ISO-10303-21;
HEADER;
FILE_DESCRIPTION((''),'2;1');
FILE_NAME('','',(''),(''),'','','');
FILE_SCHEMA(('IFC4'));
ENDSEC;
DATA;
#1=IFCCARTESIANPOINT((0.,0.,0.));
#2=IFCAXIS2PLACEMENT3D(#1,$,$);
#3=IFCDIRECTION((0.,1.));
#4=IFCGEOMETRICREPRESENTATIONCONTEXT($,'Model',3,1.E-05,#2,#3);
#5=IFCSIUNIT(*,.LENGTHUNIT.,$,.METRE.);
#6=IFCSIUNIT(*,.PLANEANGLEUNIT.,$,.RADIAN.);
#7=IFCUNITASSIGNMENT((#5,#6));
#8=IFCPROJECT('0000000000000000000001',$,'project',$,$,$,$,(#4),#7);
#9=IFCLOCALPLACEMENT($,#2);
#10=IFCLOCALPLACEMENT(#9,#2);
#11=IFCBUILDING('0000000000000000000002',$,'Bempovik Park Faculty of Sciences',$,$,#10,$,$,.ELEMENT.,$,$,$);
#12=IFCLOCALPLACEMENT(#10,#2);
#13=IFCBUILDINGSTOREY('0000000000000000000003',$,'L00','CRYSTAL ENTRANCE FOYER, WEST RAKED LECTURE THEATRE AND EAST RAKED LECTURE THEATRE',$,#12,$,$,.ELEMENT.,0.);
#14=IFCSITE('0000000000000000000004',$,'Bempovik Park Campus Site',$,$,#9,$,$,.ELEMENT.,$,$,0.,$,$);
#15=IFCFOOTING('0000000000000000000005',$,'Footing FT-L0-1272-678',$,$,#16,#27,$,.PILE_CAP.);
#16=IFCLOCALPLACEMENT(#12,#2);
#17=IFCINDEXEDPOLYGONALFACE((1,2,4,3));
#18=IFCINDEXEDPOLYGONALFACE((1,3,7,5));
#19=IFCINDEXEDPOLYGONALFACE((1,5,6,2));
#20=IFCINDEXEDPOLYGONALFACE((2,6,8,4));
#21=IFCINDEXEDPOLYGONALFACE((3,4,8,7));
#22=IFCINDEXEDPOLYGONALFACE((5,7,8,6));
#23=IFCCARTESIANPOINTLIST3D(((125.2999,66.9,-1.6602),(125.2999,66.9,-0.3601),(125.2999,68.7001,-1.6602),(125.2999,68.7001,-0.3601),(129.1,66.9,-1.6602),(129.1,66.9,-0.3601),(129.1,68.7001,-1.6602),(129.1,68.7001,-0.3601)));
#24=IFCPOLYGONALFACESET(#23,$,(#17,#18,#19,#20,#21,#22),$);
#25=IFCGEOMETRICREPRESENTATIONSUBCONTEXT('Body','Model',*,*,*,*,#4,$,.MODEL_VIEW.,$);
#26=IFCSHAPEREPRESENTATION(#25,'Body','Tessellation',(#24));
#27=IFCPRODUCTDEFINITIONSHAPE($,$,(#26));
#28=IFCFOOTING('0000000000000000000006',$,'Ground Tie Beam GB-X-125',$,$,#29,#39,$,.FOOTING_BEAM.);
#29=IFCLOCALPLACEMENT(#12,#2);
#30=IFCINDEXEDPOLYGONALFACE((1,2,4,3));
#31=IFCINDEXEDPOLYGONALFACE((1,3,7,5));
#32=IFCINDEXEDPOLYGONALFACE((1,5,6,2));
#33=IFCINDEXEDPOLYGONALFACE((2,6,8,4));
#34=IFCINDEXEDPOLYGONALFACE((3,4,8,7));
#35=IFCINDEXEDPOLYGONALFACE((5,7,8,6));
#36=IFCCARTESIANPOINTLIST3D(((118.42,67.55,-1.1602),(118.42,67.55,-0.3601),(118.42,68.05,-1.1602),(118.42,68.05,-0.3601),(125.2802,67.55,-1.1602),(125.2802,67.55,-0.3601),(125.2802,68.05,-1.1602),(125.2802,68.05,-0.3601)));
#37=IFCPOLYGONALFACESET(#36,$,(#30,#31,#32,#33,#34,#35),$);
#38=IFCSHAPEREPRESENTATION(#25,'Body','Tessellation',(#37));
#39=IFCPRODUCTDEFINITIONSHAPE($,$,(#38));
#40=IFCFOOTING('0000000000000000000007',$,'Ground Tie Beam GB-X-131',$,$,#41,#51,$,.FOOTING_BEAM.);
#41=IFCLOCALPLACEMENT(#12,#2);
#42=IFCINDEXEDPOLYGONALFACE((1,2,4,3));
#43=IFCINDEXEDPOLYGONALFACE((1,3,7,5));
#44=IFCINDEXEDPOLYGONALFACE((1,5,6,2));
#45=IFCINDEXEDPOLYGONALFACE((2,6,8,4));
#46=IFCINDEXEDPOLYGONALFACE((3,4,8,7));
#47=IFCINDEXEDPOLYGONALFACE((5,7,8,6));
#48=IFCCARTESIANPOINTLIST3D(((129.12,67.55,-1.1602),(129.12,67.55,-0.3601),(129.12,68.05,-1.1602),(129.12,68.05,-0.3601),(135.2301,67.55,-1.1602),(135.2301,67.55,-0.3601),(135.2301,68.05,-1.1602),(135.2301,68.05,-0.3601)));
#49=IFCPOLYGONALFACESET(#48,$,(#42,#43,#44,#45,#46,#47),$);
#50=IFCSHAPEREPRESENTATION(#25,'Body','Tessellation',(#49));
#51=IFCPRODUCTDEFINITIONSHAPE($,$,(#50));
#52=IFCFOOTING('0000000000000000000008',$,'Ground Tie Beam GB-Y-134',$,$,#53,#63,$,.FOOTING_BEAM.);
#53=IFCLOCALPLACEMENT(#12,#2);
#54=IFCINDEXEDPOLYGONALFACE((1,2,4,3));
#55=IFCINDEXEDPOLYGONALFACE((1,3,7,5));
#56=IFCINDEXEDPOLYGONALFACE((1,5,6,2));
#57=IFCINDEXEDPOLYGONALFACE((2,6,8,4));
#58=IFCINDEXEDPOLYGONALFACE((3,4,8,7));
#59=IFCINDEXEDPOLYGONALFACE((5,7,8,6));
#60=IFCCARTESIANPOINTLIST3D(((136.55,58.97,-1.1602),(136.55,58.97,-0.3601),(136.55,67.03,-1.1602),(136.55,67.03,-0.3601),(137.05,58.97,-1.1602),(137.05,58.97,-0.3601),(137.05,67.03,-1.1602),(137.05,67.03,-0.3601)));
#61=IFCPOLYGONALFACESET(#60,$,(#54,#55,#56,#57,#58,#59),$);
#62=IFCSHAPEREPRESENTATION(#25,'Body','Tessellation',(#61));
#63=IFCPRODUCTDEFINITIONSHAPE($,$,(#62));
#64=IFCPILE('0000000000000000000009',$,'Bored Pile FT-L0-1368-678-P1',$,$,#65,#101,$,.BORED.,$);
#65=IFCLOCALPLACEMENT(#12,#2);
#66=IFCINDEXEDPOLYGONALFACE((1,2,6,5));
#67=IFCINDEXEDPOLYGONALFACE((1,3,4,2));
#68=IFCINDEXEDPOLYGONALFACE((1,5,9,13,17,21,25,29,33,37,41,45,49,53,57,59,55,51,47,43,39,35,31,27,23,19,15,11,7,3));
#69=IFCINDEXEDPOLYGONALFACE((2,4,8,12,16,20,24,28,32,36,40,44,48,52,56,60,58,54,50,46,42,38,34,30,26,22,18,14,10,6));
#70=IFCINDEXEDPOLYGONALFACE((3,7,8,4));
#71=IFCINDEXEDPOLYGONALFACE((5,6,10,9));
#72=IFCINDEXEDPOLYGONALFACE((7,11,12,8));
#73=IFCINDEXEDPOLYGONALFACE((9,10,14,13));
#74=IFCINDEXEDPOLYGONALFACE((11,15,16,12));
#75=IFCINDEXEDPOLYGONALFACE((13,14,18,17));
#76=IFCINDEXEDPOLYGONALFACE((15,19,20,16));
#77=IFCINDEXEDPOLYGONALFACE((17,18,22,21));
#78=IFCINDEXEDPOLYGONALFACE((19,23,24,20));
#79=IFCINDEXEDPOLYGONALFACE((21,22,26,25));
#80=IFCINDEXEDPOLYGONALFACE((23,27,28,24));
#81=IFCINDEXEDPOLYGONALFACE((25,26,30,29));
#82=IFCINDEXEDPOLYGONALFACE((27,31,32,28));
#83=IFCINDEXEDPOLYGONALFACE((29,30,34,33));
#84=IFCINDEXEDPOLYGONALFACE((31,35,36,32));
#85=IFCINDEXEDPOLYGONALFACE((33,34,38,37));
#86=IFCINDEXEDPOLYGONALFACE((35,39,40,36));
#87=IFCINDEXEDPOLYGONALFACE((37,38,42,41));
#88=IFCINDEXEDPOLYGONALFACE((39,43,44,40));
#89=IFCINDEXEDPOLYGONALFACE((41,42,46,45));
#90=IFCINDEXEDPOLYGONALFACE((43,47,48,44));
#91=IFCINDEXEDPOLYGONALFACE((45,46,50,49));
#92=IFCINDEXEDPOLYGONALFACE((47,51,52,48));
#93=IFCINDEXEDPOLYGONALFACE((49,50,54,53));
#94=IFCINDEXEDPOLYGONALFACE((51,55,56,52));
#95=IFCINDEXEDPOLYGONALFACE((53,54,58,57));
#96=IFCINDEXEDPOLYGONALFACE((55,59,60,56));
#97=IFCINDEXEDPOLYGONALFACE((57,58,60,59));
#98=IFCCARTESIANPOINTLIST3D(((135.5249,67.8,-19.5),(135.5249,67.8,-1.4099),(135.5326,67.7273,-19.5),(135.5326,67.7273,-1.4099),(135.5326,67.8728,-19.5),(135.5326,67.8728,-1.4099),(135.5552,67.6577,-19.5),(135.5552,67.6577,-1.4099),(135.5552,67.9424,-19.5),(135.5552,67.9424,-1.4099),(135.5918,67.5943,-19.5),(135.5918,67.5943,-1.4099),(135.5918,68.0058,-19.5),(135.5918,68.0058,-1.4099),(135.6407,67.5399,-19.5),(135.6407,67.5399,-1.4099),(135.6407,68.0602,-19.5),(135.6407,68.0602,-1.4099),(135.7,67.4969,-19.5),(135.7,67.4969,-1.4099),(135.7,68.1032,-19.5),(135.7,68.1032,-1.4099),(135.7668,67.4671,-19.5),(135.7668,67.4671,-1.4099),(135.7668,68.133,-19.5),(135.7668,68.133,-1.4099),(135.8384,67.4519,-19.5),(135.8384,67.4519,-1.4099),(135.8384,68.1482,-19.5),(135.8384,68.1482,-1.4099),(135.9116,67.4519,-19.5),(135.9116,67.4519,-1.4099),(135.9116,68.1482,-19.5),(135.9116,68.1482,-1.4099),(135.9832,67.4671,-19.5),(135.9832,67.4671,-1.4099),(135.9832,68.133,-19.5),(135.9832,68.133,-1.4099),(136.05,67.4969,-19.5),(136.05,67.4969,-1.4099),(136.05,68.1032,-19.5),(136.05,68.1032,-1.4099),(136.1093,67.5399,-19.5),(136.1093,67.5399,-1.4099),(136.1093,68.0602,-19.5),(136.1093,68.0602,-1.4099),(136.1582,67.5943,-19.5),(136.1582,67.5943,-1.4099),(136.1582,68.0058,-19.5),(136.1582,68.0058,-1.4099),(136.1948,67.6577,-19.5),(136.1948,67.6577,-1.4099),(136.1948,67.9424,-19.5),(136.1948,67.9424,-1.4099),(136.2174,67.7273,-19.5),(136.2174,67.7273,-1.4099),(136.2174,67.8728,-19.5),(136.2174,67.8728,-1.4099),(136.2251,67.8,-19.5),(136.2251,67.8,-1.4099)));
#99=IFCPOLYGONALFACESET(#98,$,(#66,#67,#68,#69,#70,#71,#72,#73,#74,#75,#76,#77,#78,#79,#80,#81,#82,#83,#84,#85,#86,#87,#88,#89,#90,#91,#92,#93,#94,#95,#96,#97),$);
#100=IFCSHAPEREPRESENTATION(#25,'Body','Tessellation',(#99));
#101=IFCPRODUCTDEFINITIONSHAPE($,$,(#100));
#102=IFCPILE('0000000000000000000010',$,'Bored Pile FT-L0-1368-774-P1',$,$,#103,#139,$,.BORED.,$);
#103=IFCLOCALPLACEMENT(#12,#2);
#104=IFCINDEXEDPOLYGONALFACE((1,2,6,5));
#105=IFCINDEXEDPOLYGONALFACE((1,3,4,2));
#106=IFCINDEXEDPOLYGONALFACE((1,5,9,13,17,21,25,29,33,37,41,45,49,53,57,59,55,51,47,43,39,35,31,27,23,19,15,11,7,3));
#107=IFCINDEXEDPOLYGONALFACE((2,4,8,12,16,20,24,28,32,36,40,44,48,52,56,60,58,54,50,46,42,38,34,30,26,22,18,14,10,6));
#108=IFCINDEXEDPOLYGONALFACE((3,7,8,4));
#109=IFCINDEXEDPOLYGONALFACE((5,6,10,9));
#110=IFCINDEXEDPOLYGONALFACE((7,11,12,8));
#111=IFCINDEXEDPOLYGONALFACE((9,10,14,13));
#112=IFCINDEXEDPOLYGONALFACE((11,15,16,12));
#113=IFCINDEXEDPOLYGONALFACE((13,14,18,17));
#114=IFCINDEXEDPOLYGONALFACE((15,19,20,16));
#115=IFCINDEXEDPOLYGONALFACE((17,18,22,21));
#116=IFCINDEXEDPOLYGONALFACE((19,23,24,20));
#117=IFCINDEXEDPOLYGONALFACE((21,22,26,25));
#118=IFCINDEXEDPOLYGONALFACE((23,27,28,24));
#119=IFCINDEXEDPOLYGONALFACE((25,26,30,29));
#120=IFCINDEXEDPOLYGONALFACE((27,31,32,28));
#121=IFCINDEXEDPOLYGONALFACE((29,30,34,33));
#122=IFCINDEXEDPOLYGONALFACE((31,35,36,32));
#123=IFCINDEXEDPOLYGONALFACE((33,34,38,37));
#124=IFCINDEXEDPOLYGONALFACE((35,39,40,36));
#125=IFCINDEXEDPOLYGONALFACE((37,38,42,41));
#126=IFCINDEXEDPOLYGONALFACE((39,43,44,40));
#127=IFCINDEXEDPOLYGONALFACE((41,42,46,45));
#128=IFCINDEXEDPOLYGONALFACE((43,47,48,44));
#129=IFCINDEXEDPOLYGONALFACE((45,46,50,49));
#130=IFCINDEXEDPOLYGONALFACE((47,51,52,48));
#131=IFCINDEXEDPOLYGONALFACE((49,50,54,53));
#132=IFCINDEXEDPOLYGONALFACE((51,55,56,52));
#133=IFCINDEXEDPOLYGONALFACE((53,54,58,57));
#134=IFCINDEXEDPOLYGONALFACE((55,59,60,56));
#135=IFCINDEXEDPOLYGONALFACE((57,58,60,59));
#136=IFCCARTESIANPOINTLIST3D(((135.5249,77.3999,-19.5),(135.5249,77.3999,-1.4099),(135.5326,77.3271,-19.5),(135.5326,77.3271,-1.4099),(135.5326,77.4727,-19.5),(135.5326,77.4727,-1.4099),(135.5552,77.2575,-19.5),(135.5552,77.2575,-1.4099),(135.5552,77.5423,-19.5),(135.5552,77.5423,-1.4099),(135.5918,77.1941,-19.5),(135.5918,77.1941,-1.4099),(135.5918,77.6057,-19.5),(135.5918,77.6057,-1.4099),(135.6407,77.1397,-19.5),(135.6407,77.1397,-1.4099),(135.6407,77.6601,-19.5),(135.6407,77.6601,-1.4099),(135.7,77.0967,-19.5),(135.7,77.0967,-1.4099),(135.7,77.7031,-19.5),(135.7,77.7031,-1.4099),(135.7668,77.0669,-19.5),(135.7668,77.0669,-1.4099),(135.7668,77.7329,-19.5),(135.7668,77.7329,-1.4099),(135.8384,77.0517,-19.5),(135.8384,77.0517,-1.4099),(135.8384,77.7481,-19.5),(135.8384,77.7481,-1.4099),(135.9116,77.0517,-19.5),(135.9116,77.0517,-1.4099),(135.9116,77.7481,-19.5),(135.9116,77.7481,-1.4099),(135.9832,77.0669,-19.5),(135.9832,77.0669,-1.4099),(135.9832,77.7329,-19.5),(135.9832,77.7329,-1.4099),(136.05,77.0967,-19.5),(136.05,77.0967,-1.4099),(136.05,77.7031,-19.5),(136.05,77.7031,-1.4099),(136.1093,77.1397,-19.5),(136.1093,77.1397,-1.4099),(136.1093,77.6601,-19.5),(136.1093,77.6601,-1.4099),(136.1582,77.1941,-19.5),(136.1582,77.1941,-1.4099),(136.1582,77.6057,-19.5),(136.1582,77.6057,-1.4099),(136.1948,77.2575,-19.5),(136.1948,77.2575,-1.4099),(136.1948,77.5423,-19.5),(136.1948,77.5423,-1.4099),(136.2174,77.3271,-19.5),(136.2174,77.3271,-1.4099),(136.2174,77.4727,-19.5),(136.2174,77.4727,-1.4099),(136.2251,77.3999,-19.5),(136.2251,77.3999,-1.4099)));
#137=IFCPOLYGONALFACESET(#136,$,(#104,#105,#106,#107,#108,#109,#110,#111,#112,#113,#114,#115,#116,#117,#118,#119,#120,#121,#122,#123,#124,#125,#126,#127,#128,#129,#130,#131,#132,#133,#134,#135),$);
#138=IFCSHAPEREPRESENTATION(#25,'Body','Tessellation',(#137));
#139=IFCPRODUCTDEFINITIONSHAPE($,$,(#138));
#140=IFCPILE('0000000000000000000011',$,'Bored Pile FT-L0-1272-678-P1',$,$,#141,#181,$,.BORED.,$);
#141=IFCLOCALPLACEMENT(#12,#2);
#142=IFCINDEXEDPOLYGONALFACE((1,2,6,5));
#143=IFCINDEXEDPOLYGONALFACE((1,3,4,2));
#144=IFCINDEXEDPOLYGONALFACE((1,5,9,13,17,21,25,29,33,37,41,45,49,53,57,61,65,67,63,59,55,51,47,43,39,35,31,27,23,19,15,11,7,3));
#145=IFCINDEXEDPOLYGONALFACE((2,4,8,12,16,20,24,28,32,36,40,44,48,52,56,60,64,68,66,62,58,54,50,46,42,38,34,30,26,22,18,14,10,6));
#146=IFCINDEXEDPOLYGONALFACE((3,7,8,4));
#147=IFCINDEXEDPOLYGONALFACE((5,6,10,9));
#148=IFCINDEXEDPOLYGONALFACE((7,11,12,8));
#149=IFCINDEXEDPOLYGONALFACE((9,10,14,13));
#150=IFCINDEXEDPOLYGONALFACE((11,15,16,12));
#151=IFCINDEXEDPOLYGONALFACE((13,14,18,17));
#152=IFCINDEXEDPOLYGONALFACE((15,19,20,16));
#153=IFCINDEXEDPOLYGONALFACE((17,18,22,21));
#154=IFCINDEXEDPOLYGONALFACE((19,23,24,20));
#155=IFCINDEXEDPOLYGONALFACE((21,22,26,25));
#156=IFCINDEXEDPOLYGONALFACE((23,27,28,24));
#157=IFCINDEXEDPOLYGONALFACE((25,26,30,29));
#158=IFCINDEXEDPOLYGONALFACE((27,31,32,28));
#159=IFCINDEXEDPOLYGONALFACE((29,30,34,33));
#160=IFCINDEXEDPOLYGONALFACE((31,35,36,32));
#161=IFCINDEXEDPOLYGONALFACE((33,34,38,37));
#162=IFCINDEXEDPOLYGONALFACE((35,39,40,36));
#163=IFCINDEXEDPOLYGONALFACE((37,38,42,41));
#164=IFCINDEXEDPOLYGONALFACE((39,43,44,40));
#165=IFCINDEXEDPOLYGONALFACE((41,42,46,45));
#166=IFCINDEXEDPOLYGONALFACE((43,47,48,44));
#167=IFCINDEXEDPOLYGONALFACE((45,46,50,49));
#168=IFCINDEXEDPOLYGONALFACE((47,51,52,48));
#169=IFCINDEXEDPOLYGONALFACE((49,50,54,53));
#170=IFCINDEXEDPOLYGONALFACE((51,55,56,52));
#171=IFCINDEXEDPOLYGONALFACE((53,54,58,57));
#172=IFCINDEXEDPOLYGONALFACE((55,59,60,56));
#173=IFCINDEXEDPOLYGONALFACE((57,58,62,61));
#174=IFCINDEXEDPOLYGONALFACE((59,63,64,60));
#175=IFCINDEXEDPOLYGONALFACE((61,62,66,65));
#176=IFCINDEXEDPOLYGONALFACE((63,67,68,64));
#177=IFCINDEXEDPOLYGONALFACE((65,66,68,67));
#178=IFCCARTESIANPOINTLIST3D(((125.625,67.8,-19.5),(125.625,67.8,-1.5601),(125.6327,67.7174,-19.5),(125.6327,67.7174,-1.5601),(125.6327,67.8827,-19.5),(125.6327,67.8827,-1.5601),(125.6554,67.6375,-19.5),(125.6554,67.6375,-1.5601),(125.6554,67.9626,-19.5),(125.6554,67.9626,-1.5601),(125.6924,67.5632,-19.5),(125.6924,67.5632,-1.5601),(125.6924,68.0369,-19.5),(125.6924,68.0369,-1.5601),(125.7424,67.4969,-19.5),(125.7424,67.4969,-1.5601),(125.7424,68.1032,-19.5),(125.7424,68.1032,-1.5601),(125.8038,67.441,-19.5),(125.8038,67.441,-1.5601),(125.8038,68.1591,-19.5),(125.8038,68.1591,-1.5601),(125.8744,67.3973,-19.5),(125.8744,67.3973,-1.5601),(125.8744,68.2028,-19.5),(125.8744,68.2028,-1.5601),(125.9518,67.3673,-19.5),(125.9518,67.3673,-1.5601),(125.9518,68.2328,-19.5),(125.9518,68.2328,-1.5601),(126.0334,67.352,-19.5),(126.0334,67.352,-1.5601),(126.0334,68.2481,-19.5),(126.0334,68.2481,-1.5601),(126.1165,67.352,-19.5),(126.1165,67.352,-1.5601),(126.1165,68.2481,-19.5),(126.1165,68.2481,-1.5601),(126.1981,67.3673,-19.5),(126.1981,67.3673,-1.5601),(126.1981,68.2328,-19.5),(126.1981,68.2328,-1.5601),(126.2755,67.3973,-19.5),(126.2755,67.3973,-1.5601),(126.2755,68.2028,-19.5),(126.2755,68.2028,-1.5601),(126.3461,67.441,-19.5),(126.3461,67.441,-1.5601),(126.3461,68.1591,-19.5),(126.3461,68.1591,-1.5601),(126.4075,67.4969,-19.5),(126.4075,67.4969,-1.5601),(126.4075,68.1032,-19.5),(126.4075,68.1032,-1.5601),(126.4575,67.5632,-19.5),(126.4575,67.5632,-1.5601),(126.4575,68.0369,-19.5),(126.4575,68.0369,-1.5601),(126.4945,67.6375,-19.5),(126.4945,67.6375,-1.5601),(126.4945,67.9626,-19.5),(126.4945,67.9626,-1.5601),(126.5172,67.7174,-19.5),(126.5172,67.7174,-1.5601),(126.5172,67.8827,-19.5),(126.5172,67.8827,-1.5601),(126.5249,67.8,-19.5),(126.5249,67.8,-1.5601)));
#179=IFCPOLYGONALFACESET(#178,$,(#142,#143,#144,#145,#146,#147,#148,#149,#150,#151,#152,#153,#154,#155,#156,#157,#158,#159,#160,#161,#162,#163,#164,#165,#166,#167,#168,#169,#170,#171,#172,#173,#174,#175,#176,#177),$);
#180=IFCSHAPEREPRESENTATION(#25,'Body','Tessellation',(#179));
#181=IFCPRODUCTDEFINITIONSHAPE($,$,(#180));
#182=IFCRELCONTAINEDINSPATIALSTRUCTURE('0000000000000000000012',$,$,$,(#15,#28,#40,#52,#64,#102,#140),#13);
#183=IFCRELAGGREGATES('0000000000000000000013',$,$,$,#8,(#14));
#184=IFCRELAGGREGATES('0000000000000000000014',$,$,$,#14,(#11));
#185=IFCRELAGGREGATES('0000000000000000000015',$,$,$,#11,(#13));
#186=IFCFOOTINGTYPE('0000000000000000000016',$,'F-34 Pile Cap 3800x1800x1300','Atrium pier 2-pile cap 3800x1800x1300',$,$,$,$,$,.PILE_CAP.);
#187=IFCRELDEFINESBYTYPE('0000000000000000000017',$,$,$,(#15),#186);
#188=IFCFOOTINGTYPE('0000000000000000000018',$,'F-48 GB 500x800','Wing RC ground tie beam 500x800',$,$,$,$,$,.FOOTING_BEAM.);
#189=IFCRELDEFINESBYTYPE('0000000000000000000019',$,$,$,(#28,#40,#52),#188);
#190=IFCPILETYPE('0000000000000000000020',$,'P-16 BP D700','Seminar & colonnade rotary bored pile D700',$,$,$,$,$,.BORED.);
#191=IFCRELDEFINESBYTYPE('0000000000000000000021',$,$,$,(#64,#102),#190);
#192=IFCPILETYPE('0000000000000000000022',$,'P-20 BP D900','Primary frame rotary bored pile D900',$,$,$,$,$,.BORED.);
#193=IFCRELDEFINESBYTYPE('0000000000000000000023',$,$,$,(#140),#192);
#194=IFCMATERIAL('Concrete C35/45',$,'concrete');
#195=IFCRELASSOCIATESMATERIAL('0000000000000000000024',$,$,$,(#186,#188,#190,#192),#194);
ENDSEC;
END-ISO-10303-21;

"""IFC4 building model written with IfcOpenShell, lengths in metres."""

from ifc_helpers import new_model, si_unit, direction, frame, origin, origin_2d, place, context, subcontext, project, spatial, rectangle, circle, extrude, material, material_profile, profile_set, type_object, element, save


model = new_model("IFC4")

# Units and contexts
model_context = context("Model", 3, precision=1e-05, world=origin(), true_north=direction((0.0, 1.0)))
body_context = subcontext(model_context, "Body", "Model", "MODEL_VIEW")
ifc_project = project(units=[si_unit("LENGTHUNIT", "METRE"), si_unit("PLANEANGLEUNIT", "RADIAN")], contexts=[model_context])

# Site, building, storey
site_placement = place(None, origin())
site = spatial("IfcSite", under=ifc_project, at=site_placement, Name="Bempovik Park Campus Site", CompositionType="ELEMENT", RefElevation=0.0)
building_placement = place(site_placement, origin())
building = spatial("IfcBuilding", under=site, at=building_placement, Name="Bempovik Park Faculty of Sciences", CompositionType="ELEMENT")
storey_placement = place(building_placement, origin())
storey = spatial("IfcBuildingStorey", under=building, at=storey_placement, Name="L00", Description="CRYSTAL ENTRANCE FOYER, WEST RAKED LECTURE THEATRE AND EAST RAKED LECTURE THEATRE", CompositionType="ELEMENT", Elevation=0.0)

# Footings
ifc_material_1 = material(Name="Concrete C35/45", Category="concrete")
footing_type_1 = type_object("IfcFootingType", Name="F-34 Pile Cap 3800x1800x1300", Description="Atrium pier 2-pile cap 3800x1800x1300", PredefinedType="PILE_CAP", material=ifc_material_1)
footing_1_placement = place(storey_placement, frame((127.2, 67.8, -1.6602), z_axis=(0.0, 0.0, 1.0), x_axis=(1.0, 0.0, 0.0)))
element("IfcFooting", 1, at=footing_1_placement, inside=storey, type_object=footing_type_1, Name="Footing FT-L0-1272-678", PredefinedType="PILE_CAP", context=body_context, shape_type="SweptSolid", body=[
    extrude(rectangle(XDim=3.8, YDim=1.8, at=origin_2d()), origin(), (0.0, 0.0, 1.0), 1.3),
])
footing_type_2 = type_object("IfcFootingType", Name="F-48 GB 500x800", Description="Wing RC ground tie beam 500x800", PredefinedType="FOOTING_BEAM", material=ifc_material_1)
footing_2_placement = place(storey_placement, frame((121.8501, 67.8, -1.1602), z_axis=(0.0, 0.0, 1.0), x_axis=(1.0, 0.0, 0.0)))
element("IfcFooting", 2, at=footing_2_placement, inside=storey, type_object=footing_type_2, Name="Ground Tie Beam GB-X-125", PredefinedType="FOOTING_BEAM", context=body_context, shape_type="SweptSolid", body=[
    extrude(rectangle(XDim=6.8601, YDim=0.5, at=origin_2d()), origin(), (0.0, 0.0, 1.0), 0.8),
])
footing_3_placement = place(storey_placement, frame((132.175, 67.8, -1.1602), z_axis=(0.0, 0.0, 1.0), x_axis=(1.0, 0.0, 0.0)))
element("IfcFooting", 3, at=footing_3_placement, inside=storey, type_object=footing_type_2, Name="Ground Tie Beam GB-X-131", PredefinedType="FOOTING_BEAM", context=body_context, shape_type="SweptSolid", body=[
    extrude(rectangle(XDim=6.1101, YDim=0.5, at=origin_2d()), origin(), (0.0, 0.0, 1.0), 0.8),
])
footing_4_placement = place(storey_placement, frame((136.8, 63.0, -1.1602), z_axis=(0.0, 0.0, 1.0), x_axis=(1.0, 0.0, 0.0)))
element("IfcFooting", 4, at=footing_4_placement, inside=storey, type_object=footing_type_2, Name="Ground Tie Beam GB-Y-134", PredefinedType="FOOTING_BEAM", context=body_context, shape_type="SweptSolid", body=[
    extrude(rectangle(XDim=0.5, YDim=8.0601, at=origin_2d()), origin(), (0.0, 0.0, 1.0), 0.8),
])

# Piles
ifc_material_profile_1 = material_profile(ifc_material_1, circle(Radius=0.3501, at=origin_2d()), Name="BP D700")
ifc_profile_set_1 = profile_set([ifc_material_profile_1], Name="Concrete C35/45")
pile_type_1 = type_object("IfcPileType", Name="P-16 BP D700", Description="Seminar & colonnade rotary bored pile D700", PredefinedType="BORED", material=ifc_profile_set_1)
for number, where, z_axis, x_axis, name in (
    (5, (135.875, 67.8, -1.4099), (0.0, 0.0, -1.0), (1.0, 0.0, 0.0), "Bored Pile FT-L0-1368-678-P1"),
    (6, (135.875, 77.3999, -1.4099), (0.0, 0.0, -1.0), (1.0, 0.0, 0.0), "Bored Pile FT-L0-1368-774-P1"),
):
    element("IfcPile", number, at=place(storey_placement, frame(where, z_axis=z_axis, x_axis=x_axis)), inside=storey, type_object=pile_type_1, Name=name, PredefinedType="BORED", context=body_context, shape_type="SweptSolid", body=[
        extrude(circle(Radius=0.3501, at=origin_2d()), origin(), (0.0, 0.0, 1.0), 18.0901),
    ])
ifc_material_profile_2 = material_profile(ifc_material_1, circle(Radius=0.45, at=origin_2d()), Name="BP D900")
ifc_profile_set_2 = profile_set([ifc_material_profile_2], Name="Concrete C35/45")
pile_type_2 = type_object("IfcPileType", Name="P-20 BP D900", Description="Primary frame rotary bored pile D900", PredefinedType="BORED", material=ifc_profile_set_2)
for number, where, z_axis, x_axis, name in (
    (7, (126.075, 67.8, -1.5601), (0.0, 0.0, -1.0), (1.0, 0.0, 0.0), "Bored Pile FT-L0-1272-678-P1"),
):
    element("IfcPile", number, at=place(storey_placement, frame(where, z_axis=z_axis, x_axis=x_axis)), inside=storey, type_object=pile_type_2, Name=name, PredefinedType="BORED", context=body_context, shape_type="SweptSolid", body=[
        extrude(circle(Radius=0.45, at=origin_2d()), origin(), (0.0, 0.0, 1.0), 17.9399),
    ])

save(model, "model.ifc")
